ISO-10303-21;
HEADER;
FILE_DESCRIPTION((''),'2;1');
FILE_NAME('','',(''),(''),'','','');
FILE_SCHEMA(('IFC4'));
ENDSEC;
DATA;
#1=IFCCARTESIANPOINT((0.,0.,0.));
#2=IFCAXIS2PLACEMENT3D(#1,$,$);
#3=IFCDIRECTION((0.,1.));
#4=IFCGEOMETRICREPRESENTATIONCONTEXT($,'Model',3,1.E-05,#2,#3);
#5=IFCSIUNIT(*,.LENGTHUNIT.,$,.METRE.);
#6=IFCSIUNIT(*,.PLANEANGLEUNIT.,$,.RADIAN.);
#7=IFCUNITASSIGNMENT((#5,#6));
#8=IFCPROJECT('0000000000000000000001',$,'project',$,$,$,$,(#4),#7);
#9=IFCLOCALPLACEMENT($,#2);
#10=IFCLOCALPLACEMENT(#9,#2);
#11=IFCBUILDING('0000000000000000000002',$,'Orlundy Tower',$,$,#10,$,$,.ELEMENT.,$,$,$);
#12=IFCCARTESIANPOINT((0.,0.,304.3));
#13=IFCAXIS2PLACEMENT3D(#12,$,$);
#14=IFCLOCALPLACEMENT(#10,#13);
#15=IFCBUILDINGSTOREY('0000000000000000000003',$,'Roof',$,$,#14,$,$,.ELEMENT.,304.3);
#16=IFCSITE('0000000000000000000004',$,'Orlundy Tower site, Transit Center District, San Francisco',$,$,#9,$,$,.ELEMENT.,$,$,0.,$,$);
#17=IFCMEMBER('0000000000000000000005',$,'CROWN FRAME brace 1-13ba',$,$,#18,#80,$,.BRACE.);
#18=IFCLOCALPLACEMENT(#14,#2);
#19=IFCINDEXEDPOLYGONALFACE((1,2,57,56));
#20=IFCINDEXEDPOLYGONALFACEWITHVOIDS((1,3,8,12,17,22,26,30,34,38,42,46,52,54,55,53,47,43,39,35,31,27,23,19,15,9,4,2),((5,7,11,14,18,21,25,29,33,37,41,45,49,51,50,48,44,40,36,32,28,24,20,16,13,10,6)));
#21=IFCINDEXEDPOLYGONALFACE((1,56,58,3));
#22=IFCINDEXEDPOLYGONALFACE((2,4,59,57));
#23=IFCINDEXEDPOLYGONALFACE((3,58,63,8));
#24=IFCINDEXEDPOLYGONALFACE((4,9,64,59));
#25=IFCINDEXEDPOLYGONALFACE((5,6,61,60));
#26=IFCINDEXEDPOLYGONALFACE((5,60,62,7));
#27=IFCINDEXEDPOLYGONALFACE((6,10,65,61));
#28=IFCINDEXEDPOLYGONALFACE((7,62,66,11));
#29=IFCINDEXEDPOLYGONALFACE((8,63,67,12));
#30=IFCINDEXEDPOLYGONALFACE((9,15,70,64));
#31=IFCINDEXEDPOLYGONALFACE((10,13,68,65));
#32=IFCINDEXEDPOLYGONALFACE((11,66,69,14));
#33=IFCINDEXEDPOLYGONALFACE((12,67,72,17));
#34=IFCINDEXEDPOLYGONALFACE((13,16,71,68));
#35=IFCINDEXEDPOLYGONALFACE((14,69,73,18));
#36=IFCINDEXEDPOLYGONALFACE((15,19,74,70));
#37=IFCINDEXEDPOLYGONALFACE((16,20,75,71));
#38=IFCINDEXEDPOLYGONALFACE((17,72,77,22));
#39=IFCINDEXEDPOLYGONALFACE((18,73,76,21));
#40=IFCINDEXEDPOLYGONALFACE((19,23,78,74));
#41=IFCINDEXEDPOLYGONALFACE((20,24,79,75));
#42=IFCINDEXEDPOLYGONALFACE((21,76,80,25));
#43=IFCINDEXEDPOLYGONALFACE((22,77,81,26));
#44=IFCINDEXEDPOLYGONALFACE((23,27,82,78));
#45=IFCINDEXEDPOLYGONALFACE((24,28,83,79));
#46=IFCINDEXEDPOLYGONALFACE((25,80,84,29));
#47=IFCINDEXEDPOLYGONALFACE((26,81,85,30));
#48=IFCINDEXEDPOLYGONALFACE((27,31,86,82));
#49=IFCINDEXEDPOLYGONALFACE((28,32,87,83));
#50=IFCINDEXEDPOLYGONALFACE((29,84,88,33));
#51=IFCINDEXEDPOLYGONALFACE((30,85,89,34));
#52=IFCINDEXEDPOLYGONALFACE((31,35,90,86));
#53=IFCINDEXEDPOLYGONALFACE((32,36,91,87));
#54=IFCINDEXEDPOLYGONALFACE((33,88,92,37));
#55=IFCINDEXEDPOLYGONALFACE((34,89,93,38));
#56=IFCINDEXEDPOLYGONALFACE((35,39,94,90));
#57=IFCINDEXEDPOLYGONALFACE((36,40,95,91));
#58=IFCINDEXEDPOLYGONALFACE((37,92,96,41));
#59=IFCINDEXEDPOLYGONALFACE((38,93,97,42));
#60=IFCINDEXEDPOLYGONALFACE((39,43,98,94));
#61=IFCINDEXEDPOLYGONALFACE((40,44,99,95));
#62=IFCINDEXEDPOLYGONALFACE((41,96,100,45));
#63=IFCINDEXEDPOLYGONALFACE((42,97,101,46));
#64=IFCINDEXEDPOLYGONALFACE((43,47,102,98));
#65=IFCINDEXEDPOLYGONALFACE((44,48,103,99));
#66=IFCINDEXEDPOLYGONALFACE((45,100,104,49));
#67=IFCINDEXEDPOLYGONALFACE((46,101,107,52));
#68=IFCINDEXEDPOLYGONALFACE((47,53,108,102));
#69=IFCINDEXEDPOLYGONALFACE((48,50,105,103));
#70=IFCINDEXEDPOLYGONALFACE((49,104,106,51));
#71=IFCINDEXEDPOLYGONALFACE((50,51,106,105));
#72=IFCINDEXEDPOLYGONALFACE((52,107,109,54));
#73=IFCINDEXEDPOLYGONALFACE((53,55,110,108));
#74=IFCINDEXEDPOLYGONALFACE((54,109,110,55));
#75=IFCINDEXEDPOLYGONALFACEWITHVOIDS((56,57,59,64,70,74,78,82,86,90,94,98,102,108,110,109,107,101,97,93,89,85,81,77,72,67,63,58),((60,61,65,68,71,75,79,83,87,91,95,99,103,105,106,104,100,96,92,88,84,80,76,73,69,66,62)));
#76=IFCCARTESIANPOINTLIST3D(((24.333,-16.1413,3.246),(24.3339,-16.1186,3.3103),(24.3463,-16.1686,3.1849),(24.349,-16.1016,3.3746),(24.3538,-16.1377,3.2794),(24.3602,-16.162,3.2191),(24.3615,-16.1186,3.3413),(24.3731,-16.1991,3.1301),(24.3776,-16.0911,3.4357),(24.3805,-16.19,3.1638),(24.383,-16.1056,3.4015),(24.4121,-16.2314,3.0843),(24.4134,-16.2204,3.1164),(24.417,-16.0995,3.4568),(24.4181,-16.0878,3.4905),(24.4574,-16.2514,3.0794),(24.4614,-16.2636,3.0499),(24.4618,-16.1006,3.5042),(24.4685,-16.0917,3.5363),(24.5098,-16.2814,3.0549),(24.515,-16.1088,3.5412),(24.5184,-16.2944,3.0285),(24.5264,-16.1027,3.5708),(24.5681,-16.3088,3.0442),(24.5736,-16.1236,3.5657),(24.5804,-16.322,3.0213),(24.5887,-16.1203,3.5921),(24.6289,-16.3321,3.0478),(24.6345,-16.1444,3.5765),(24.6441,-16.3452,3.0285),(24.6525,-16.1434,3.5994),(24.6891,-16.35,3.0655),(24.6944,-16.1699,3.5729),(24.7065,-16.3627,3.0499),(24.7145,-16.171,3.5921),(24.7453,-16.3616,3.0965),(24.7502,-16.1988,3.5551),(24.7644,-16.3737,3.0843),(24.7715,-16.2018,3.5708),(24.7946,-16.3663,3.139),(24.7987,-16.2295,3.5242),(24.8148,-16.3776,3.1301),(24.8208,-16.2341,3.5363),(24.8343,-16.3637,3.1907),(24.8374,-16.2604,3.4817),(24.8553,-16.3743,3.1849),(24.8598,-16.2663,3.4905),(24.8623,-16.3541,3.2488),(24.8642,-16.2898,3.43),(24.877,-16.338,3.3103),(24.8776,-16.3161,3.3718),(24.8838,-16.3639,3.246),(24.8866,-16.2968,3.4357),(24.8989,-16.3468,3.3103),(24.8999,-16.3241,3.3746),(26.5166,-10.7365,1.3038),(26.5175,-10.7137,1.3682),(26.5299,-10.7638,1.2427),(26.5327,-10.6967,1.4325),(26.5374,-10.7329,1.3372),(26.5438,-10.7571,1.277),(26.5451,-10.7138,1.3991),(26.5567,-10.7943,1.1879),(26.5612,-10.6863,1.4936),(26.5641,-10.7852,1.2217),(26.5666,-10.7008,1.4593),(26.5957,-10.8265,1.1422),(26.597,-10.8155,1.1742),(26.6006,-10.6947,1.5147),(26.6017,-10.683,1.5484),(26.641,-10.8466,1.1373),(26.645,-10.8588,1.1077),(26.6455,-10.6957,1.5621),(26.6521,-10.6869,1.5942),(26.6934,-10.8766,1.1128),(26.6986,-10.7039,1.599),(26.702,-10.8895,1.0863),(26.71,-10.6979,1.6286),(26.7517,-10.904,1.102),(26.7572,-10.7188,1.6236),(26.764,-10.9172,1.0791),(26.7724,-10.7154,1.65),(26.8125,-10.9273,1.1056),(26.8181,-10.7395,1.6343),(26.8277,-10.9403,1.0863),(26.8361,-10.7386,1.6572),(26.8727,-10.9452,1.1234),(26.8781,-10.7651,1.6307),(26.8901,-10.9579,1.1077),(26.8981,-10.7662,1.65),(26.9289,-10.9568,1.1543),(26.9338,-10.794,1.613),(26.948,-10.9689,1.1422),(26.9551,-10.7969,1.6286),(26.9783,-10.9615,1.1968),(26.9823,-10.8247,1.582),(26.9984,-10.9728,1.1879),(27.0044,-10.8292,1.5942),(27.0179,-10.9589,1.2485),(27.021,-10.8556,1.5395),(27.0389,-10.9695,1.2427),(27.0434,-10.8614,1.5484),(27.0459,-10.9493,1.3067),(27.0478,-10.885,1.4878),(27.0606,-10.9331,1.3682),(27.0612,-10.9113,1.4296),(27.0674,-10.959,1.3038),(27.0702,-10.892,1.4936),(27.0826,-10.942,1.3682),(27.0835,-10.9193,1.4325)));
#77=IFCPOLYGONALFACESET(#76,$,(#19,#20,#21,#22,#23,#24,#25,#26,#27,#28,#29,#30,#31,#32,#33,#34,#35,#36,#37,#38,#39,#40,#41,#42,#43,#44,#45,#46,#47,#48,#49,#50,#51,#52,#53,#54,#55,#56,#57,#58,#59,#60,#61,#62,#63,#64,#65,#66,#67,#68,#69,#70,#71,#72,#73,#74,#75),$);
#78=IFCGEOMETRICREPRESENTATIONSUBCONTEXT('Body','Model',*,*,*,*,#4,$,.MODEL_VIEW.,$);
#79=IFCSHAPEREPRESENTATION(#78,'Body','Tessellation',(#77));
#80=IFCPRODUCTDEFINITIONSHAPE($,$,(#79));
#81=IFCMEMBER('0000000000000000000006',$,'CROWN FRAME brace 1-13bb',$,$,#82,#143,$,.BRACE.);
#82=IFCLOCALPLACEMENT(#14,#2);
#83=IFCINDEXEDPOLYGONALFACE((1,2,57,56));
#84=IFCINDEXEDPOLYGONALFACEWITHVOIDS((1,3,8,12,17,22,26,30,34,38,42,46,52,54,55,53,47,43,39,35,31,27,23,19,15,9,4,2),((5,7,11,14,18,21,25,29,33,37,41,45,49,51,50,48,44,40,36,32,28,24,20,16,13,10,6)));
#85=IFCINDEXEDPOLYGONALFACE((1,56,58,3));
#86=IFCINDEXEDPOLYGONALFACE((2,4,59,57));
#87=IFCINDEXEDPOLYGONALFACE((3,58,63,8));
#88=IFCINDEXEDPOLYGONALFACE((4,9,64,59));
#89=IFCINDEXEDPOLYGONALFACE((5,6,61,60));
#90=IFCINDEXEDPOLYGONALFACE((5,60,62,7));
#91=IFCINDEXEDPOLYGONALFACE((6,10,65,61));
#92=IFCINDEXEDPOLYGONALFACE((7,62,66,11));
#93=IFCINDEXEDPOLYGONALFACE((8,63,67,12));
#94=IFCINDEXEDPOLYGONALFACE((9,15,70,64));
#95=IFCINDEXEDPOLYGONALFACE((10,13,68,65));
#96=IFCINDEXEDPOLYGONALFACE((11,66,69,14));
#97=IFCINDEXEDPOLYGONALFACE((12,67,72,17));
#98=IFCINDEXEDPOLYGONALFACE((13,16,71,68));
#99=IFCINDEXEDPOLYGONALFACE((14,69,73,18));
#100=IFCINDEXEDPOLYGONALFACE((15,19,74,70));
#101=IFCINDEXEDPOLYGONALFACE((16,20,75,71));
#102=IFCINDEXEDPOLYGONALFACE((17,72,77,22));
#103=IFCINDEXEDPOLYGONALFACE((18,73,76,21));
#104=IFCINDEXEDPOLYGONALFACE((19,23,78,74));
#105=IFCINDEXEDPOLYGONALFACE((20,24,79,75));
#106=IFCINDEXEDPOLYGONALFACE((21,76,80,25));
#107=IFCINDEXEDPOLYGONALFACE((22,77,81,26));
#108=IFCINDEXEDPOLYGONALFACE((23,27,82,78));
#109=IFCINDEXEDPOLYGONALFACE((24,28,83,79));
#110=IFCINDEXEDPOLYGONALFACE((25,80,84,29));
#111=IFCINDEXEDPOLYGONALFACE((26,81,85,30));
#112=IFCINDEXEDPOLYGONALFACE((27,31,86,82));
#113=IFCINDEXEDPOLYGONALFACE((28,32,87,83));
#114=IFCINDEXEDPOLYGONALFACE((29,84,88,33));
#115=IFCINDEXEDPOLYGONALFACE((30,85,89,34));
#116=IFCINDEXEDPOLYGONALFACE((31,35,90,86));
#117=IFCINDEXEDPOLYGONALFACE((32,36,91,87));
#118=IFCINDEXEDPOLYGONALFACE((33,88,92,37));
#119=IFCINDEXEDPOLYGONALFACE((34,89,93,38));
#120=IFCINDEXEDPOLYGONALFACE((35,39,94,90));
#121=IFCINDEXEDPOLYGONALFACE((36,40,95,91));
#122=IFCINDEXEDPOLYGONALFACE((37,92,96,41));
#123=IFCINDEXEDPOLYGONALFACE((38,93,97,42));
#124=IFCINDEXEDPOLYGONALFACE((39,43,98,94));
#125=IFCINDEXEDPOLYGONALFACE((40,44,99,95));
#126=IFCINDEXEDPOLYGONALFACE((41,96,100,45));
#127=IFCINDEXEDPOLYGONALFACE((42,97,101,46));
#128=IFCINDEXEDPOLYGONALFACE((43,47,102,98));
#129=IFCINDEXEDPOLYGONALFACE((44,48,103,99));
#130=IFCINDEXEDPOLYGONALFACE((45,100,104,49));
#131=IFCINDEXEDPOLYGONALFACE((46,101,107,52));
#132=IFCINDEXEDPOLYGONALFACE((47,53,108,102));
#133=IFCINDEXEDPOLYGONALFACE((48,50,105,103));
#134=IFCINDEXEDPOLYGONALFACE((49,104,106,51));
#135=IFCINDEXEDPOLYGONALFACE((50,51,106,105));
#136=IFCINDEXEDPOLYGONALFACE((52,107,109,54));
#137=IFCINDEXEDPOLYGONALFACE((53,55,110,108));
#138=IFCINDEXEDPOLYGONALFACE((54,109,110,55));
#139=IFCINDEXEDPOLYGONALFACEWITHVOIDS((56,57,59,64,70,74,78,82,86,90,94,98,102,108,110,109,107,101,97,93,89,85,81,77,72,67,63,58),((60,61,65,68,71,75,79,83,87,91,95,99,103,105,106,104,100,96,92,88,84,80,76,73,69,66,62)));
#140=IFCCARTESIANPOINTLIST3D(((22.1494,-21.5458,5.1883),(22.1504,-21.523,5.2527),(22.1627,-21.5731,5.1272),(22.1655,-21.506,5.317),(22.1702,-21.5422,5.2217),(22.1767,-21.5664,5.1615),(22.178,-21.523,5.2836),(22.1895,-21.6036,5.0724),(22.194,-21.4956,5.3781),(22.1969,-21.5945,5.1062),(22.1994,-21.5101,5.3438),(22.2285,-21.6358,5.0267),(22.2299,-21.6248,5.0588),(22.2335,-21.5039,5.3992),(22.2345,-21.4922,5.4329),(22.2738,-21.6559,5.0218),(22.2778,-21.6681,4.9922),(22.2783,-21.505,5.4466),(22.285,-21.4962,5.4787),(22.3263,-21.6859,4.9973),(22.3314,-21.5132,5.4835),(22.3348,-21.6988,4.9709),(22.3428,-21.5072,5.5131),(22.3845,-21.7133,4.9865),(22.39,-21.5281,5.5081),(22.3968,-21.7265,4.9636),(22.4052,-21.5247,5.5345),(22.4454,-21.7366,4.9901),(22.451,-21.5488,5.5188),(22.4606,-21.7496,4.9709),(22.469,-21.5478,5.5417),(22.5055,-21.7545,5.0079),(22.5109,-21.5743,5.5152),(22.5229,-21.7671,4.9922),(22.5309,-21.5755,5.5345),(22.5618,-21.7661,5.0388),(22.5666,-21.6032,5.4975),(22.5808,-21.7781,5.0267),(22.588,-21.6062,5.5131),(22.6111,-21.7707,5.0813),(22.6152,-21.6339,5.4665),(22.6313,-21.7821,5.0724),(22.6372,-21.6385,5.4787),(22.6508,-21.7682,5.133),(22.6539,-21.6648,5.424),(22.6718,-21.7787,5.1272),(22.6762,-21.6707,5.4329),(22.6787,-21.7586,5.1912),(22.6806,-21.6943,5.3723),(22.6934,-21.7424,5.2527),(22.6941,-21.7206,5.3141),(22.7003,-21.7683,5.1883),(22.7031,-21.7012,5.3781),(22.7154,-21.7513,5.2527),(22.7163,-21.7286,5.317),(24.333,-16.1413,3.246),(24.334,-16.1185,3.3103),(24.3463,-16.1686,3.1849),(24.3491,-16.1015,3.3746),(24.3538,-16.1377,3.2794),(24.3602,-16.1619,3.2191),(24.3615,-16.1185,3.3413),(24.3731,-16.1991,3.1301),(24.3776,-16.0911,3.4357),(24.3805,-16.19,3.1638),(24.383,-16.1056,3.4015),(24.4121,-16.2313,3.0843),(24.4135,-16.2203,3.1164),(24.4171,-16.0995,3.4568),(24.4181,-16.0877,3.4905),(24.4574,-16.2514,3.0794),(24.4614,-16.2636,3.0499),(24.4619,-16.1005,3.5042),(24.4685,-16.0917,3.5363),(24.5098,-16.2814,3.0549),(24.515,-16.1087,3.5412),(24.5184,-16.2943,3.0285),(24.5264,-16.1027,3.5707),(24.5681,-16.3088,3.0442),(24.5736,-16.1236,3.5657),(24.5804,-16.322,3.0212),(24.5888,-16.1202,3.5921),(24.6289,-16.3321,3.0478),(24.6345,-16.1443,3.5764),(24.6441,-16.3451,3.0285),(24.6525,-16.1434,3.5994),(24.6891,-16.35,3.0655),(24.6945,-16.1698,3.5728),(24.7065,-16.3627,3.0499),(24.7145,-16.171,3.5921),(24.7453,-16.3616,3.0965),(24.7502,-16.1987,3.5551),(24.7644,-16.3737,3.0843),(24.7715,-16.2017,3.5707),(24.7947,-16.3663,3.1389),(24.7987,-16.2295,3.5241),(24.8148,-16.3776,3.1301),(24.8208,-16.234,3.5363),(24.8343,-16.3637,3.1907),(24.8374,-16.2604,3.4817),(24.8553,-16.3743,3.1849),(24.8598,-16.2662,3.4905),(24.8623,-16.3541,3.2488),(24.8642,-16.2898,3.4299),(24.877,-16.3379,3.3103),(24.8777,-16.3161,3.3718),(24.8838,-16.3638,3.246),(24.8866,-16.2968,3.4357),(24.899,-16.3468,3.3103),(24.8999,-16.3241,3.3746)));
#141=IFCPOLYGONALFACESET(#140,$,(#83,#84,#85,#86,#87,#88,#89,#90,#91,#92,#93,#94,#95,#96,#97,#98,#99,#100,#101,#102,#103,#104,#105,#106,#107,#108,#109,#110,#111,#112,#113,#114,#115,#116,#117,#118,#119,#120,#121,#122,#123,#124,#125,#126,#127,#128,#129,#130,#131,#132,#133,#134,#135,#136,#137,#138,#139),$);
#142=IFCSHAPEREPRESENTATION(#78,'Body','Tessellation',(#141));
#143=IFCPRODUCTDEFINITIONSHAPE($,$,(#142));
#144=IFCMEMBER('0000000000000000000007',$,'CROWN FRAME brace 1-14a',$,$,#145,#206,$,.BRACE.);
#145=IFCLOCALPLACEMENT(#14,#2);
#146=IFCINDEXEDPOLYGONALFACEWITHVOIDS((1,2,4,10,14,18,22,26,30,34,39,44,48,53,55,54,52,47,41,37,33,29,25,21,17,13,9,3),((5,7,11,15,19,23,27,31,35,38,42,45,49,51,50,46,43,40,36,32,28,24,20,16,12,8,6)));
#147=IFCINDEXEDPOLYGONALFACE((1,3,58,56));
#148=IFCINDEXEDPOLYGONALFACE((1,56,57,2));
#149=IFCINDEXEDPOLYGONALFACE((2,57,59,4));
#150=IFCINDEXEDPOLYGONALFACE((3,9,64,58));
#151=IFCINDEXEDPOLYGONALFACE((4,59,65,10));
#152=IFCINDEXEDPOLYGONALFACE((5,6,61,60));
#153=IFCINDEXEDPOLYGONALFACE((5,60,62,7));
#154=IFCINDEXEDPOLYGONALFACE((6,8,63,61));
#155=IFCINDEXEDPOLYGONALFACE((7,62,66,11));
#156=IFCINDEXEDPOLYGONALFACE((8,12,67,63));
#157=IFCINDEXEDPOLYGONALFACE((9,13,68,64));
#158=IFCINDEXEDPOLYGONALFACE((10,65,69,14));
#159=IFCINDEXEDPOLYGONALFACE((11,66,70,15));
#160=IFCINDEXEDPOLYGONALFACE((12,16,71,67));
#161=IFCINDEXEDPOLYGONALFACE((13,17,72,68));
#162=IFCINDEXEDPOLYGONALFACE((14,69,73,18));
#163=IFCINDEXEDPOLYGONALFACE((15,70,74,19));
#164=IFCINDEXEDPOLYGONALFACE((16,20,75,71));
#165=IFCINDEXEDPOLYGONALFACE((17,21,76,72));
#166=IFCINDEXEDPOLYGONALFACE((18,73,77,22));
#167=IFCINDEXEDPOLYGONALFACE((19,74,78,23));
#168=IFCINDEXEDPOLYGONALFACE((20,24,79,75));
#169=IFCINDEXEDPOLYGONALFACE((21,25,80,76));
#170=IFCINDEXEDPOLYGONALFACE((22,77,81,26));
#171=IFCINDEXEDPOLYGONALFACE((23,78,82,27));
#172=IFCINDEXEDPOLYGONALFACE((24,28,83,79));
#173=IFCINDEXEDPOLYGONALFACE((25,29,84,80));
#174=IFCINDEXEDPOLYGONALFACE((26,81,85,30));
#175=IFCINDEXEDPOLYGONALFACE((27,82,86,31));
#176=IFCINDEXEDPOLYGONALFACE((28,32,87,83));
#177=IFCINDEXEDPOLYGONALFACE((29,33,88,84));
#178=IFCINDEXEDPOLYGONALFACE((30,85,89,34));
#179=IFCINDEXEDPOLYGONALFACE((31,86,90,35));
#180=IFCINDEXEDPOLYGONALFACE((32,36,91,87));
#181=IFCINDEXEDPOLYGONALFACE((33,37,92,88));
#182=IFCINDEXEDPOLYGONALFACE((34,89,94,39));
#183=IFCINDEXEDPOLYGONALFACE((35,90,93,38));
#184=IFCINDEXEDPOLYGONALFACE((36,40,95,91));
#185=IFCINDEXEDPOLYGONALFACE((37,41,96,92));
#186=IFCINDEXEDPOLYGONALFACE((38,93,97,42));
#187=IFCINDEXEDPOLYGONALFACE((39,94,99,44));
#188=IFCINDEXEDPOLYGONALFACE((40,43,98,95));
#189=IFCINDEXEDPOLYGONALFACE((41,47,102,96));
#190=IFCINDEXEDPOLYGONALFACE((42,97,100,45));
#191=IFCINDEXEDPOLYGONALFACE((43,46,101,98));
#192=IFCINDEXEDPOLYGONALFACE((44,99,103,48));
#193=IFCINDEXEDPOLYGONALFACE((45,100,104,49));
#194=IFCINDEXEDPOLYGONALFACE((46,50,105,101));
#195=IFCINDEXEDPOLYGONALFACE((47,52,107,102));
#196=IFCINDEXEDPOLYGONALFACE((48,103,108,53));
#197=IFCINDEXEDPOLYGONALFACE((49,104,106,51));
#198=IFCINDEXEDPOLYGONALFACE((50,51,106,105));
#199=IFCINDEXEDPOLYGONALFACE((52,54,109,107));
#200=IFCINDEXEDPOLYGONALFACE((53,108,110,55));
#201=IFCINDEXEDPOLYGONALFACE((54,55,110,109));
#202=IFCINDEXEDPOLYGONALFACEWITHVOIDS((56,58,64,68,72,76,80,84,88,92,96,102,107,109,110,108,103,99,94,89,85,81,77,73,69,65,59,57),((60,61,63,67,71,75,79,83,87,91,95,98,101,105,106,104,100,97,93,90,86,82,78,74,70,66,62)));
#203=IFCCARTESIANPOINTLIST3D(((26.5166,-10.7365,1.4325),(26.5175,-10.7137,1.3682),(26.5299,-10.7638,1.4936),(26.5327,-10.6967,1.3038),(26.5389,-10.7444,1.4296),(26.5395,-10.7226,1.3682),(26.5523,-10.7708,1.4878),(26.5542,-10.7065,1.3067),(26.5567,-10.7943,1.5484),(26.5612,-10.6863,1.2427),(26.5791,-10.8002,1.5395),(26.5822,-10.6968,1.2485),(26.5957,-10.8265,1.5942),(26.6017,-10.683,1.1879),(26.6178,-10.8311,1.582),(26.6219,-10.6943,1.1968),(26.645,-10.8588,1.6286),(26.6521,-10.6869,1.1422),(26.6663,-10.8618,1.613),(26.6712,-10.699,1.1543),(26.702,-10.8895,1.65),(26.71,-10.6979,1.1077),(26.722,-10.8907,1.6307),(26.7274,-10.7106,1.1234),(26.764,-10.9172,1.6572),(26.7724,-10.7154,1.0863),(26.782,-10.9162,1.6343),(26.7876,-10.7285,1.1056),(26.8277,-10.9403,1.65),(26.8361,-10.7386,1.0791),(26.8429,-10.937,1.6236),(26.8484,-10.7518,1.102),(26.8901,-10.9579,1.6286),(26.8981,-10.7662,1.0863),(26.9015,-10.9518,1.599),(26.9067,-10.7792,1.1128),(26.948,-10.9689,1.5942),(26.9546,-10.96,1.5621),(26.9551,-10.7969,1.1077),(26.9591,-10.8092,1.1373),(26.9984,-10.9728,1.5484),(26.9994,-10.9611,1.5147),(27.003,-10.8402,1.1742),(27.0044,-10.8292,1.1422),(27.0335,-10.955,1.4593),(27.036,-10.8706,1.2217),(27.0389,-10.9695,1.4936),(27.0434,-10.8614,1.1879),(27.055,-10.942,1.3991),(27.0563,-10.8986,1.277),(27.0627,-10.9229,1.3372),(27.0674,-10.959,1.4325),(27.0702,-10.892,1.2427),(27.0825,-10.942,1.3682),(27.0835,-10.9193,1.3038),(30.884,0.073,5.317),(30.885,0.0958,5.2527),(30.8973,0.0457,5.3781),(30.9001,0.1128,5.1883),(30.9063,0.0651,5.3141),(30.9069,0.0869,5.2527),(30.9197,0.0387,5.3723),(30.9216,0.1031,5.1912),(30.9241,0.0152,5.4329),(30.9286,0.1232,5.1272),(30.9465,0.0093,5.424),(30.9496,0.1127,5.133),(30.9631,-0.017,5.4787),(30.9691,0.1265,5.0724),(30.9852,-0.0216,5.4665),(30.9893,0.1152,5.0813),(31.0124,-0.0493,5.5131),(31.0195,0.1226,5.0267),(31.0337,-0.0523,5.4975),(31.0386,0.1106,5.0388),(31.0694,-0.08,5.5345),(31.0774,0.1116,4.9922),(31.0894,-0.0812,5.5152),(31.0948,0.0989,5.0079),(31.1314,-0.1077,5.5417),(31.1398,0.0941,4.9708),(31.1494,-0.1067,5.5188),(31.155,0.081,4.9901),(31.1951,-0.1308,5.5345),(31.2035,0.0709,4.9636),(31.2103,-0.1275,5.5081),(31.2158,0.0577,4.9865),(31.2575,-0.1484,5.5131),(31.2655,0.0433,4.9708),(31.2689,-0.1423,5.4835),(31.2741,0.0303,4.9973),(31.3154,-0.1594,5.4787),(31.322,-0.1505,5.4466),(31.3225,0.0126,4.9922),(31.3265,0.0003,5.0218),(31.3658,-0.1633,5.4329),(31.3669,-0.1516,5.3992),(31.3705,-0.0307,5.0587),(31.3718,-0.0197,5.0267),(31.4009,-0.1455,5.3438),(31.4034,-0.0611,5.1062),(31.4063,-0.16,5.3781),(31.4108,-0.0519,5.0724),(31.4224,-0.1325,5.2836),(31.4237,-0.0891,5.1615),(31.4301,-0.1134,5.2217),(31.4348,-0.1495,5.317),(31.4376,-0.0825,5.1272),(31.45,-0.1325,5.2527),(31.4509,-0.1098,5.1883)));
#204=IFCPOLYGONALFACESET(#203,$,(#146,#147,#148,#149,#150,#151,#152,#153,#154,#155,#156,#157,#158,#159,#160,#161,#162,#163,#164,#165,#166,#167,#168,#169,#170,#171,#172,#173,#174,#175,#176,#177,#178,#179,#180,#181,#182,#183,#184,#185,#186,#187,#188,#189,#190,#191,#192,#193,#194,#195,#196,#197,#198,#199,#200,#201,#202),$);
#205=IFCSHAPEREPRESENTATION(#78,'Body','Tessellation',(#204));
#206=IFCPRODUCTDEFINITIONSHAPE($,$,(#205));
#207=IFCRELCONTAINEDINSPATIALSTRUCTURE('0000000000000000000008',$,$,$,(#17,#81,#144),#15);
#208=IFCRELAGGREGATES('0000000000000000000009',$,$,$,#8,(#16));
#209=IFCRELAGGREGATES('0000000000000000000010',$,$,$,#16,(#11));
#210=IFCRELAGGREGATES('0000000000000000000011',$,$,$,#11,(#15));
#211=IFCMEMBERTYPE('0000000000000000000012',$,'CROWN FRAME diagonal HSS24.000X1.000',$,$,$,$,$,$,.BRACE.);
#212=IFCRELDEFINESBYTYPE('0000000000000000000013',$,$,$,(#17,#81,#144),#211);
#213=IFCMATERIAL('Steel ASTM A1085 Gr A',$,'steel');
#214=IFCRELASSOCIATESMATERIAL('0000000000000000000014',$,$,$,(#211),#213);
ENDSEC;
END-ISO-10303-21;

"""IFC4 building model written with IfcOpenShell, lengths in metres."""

from ifc_helpers import new_model, si_unit, direction, frame, origin, origin_2d, place, context, subcontext, project, spatial, hollow_circle, extrude, material, material_profile, profile_set, type_object, element, save


model = new_model("IFC4")

# Units and contexts
model_context = context("Model", 3, precision=1e-05, world=origin(), true_north=direction((0.0, 1.0)))
body_context = subcontext(model_context, "Body", "Model", "MODEL_VIEW")
ifc_project = project(units=[si_unit("LENGTHUNIT", "METRE"), si_unit("PLANEANGLEUNIT", "RADIAN")], contexts=[model_context])

# Site, building, storey
site_placement = place(None, origin())
site = spatial("IfcSite", under=ifc_project, at=site_placement, Name="Orlundy Tower site, Transit Center District, San Francisco", CompositionType="ELEMENT", RefElevation=0.0)
building_placement = place(site_placement, origin())
building = spatial("IfcBuilding", under=site, at=building_placement, Name="Orlundy Tower", CompositionType="ELEMENT")
storey_placement = place(building_placement, frame((0.0, 0.0, 304.3)))
storey = spatial("IfcBuildingStorey", under=building, at=storey_placement, Name="Roof", CompositionType="ELEMENT", Elevation=304.3)

# Members
ifc_material_1 = material(Name="Steel ASTM A1085 Gr A", Category="steel")
ifc_material_profile_1 = material_profile(ifc_material_1, hollow_circle(Radius=0.3047, WallThickness=0.0237, at=origin_2d()), Name="HSS24.000X1.000")
ifc_profile_set_1 = profile_set([ifc_material_profile_1], Name="Steel ASTM A1085 Gr A")
member_type_1 = type_object("IfcMemberType", Name="CROWN FRAME diagonal HSS24.000X1.000", PredefinedType="BRACE", material=ifc_profile_set_1)
member_1_placement = place(storey_placement, frame((26.8, -10.8279, 1.3682), z_axis=(-0.355389, -0.879651, 0.316091), x_axis=(0.927189, -0.374595, 0.0)))
element("IfcMember", 1, at=member_1_placement, inside=storey, type_object=member_type_1, Name="CROWN FRAME brace 1-13ba", PredefinedType="BRACE", context=body_context, shape_type="SweptSolid", body=[
    extrude(hollow_circle(Radius=0.3047, WallThickness=0.0237, at=origin_2d()), origin(), (0.0, 0.0, 1.0), 6.1443),
])
member_2_placement = place(storey_placement, frame((24.6165, -16.2327, 3.3103), z_axis=(-0.355397, -0.879631, 0.316138), x_axis=(0.927183, -0.374609, 0.0)))
element("IfcMember", 2, at=member_2_placement, inside=storey, type_object=member_type_1, Name="CROWN FRAME brace 1-13bb", PredefinedType="BRACE", context=body_context, shape_type="SweptSolid", body=[
    extrude(hollow_circle(Radius=0.3047, WallThickness=0.0237, at=origin_2d()), origin(), (0.0, 0.0, 1.0), 6.144),
])
member_3_placement = place(storey_placement, frame((26.8, -10.8279, 1.3682), z_axis=(0.355404, 0.879639, 0.316107), x_axis=(-0.927181, 0.374613, 0.0)))
element("IfcMember", 3, at=member_3_placement, inside=storey, type_object=member_type_1, Name="CROWN FRAME brace 1-14a", PredefinedType="BRACE", context=body_context, shape_type="SweptSolid", body=[
    extrude(hollow_circle(Radius=0.3047, WallThickness=0.0237, at=origin_2d()), origin(), (0.0, 0.0, 1.0), 12.2886),
])

save(model, "model.ifc")
